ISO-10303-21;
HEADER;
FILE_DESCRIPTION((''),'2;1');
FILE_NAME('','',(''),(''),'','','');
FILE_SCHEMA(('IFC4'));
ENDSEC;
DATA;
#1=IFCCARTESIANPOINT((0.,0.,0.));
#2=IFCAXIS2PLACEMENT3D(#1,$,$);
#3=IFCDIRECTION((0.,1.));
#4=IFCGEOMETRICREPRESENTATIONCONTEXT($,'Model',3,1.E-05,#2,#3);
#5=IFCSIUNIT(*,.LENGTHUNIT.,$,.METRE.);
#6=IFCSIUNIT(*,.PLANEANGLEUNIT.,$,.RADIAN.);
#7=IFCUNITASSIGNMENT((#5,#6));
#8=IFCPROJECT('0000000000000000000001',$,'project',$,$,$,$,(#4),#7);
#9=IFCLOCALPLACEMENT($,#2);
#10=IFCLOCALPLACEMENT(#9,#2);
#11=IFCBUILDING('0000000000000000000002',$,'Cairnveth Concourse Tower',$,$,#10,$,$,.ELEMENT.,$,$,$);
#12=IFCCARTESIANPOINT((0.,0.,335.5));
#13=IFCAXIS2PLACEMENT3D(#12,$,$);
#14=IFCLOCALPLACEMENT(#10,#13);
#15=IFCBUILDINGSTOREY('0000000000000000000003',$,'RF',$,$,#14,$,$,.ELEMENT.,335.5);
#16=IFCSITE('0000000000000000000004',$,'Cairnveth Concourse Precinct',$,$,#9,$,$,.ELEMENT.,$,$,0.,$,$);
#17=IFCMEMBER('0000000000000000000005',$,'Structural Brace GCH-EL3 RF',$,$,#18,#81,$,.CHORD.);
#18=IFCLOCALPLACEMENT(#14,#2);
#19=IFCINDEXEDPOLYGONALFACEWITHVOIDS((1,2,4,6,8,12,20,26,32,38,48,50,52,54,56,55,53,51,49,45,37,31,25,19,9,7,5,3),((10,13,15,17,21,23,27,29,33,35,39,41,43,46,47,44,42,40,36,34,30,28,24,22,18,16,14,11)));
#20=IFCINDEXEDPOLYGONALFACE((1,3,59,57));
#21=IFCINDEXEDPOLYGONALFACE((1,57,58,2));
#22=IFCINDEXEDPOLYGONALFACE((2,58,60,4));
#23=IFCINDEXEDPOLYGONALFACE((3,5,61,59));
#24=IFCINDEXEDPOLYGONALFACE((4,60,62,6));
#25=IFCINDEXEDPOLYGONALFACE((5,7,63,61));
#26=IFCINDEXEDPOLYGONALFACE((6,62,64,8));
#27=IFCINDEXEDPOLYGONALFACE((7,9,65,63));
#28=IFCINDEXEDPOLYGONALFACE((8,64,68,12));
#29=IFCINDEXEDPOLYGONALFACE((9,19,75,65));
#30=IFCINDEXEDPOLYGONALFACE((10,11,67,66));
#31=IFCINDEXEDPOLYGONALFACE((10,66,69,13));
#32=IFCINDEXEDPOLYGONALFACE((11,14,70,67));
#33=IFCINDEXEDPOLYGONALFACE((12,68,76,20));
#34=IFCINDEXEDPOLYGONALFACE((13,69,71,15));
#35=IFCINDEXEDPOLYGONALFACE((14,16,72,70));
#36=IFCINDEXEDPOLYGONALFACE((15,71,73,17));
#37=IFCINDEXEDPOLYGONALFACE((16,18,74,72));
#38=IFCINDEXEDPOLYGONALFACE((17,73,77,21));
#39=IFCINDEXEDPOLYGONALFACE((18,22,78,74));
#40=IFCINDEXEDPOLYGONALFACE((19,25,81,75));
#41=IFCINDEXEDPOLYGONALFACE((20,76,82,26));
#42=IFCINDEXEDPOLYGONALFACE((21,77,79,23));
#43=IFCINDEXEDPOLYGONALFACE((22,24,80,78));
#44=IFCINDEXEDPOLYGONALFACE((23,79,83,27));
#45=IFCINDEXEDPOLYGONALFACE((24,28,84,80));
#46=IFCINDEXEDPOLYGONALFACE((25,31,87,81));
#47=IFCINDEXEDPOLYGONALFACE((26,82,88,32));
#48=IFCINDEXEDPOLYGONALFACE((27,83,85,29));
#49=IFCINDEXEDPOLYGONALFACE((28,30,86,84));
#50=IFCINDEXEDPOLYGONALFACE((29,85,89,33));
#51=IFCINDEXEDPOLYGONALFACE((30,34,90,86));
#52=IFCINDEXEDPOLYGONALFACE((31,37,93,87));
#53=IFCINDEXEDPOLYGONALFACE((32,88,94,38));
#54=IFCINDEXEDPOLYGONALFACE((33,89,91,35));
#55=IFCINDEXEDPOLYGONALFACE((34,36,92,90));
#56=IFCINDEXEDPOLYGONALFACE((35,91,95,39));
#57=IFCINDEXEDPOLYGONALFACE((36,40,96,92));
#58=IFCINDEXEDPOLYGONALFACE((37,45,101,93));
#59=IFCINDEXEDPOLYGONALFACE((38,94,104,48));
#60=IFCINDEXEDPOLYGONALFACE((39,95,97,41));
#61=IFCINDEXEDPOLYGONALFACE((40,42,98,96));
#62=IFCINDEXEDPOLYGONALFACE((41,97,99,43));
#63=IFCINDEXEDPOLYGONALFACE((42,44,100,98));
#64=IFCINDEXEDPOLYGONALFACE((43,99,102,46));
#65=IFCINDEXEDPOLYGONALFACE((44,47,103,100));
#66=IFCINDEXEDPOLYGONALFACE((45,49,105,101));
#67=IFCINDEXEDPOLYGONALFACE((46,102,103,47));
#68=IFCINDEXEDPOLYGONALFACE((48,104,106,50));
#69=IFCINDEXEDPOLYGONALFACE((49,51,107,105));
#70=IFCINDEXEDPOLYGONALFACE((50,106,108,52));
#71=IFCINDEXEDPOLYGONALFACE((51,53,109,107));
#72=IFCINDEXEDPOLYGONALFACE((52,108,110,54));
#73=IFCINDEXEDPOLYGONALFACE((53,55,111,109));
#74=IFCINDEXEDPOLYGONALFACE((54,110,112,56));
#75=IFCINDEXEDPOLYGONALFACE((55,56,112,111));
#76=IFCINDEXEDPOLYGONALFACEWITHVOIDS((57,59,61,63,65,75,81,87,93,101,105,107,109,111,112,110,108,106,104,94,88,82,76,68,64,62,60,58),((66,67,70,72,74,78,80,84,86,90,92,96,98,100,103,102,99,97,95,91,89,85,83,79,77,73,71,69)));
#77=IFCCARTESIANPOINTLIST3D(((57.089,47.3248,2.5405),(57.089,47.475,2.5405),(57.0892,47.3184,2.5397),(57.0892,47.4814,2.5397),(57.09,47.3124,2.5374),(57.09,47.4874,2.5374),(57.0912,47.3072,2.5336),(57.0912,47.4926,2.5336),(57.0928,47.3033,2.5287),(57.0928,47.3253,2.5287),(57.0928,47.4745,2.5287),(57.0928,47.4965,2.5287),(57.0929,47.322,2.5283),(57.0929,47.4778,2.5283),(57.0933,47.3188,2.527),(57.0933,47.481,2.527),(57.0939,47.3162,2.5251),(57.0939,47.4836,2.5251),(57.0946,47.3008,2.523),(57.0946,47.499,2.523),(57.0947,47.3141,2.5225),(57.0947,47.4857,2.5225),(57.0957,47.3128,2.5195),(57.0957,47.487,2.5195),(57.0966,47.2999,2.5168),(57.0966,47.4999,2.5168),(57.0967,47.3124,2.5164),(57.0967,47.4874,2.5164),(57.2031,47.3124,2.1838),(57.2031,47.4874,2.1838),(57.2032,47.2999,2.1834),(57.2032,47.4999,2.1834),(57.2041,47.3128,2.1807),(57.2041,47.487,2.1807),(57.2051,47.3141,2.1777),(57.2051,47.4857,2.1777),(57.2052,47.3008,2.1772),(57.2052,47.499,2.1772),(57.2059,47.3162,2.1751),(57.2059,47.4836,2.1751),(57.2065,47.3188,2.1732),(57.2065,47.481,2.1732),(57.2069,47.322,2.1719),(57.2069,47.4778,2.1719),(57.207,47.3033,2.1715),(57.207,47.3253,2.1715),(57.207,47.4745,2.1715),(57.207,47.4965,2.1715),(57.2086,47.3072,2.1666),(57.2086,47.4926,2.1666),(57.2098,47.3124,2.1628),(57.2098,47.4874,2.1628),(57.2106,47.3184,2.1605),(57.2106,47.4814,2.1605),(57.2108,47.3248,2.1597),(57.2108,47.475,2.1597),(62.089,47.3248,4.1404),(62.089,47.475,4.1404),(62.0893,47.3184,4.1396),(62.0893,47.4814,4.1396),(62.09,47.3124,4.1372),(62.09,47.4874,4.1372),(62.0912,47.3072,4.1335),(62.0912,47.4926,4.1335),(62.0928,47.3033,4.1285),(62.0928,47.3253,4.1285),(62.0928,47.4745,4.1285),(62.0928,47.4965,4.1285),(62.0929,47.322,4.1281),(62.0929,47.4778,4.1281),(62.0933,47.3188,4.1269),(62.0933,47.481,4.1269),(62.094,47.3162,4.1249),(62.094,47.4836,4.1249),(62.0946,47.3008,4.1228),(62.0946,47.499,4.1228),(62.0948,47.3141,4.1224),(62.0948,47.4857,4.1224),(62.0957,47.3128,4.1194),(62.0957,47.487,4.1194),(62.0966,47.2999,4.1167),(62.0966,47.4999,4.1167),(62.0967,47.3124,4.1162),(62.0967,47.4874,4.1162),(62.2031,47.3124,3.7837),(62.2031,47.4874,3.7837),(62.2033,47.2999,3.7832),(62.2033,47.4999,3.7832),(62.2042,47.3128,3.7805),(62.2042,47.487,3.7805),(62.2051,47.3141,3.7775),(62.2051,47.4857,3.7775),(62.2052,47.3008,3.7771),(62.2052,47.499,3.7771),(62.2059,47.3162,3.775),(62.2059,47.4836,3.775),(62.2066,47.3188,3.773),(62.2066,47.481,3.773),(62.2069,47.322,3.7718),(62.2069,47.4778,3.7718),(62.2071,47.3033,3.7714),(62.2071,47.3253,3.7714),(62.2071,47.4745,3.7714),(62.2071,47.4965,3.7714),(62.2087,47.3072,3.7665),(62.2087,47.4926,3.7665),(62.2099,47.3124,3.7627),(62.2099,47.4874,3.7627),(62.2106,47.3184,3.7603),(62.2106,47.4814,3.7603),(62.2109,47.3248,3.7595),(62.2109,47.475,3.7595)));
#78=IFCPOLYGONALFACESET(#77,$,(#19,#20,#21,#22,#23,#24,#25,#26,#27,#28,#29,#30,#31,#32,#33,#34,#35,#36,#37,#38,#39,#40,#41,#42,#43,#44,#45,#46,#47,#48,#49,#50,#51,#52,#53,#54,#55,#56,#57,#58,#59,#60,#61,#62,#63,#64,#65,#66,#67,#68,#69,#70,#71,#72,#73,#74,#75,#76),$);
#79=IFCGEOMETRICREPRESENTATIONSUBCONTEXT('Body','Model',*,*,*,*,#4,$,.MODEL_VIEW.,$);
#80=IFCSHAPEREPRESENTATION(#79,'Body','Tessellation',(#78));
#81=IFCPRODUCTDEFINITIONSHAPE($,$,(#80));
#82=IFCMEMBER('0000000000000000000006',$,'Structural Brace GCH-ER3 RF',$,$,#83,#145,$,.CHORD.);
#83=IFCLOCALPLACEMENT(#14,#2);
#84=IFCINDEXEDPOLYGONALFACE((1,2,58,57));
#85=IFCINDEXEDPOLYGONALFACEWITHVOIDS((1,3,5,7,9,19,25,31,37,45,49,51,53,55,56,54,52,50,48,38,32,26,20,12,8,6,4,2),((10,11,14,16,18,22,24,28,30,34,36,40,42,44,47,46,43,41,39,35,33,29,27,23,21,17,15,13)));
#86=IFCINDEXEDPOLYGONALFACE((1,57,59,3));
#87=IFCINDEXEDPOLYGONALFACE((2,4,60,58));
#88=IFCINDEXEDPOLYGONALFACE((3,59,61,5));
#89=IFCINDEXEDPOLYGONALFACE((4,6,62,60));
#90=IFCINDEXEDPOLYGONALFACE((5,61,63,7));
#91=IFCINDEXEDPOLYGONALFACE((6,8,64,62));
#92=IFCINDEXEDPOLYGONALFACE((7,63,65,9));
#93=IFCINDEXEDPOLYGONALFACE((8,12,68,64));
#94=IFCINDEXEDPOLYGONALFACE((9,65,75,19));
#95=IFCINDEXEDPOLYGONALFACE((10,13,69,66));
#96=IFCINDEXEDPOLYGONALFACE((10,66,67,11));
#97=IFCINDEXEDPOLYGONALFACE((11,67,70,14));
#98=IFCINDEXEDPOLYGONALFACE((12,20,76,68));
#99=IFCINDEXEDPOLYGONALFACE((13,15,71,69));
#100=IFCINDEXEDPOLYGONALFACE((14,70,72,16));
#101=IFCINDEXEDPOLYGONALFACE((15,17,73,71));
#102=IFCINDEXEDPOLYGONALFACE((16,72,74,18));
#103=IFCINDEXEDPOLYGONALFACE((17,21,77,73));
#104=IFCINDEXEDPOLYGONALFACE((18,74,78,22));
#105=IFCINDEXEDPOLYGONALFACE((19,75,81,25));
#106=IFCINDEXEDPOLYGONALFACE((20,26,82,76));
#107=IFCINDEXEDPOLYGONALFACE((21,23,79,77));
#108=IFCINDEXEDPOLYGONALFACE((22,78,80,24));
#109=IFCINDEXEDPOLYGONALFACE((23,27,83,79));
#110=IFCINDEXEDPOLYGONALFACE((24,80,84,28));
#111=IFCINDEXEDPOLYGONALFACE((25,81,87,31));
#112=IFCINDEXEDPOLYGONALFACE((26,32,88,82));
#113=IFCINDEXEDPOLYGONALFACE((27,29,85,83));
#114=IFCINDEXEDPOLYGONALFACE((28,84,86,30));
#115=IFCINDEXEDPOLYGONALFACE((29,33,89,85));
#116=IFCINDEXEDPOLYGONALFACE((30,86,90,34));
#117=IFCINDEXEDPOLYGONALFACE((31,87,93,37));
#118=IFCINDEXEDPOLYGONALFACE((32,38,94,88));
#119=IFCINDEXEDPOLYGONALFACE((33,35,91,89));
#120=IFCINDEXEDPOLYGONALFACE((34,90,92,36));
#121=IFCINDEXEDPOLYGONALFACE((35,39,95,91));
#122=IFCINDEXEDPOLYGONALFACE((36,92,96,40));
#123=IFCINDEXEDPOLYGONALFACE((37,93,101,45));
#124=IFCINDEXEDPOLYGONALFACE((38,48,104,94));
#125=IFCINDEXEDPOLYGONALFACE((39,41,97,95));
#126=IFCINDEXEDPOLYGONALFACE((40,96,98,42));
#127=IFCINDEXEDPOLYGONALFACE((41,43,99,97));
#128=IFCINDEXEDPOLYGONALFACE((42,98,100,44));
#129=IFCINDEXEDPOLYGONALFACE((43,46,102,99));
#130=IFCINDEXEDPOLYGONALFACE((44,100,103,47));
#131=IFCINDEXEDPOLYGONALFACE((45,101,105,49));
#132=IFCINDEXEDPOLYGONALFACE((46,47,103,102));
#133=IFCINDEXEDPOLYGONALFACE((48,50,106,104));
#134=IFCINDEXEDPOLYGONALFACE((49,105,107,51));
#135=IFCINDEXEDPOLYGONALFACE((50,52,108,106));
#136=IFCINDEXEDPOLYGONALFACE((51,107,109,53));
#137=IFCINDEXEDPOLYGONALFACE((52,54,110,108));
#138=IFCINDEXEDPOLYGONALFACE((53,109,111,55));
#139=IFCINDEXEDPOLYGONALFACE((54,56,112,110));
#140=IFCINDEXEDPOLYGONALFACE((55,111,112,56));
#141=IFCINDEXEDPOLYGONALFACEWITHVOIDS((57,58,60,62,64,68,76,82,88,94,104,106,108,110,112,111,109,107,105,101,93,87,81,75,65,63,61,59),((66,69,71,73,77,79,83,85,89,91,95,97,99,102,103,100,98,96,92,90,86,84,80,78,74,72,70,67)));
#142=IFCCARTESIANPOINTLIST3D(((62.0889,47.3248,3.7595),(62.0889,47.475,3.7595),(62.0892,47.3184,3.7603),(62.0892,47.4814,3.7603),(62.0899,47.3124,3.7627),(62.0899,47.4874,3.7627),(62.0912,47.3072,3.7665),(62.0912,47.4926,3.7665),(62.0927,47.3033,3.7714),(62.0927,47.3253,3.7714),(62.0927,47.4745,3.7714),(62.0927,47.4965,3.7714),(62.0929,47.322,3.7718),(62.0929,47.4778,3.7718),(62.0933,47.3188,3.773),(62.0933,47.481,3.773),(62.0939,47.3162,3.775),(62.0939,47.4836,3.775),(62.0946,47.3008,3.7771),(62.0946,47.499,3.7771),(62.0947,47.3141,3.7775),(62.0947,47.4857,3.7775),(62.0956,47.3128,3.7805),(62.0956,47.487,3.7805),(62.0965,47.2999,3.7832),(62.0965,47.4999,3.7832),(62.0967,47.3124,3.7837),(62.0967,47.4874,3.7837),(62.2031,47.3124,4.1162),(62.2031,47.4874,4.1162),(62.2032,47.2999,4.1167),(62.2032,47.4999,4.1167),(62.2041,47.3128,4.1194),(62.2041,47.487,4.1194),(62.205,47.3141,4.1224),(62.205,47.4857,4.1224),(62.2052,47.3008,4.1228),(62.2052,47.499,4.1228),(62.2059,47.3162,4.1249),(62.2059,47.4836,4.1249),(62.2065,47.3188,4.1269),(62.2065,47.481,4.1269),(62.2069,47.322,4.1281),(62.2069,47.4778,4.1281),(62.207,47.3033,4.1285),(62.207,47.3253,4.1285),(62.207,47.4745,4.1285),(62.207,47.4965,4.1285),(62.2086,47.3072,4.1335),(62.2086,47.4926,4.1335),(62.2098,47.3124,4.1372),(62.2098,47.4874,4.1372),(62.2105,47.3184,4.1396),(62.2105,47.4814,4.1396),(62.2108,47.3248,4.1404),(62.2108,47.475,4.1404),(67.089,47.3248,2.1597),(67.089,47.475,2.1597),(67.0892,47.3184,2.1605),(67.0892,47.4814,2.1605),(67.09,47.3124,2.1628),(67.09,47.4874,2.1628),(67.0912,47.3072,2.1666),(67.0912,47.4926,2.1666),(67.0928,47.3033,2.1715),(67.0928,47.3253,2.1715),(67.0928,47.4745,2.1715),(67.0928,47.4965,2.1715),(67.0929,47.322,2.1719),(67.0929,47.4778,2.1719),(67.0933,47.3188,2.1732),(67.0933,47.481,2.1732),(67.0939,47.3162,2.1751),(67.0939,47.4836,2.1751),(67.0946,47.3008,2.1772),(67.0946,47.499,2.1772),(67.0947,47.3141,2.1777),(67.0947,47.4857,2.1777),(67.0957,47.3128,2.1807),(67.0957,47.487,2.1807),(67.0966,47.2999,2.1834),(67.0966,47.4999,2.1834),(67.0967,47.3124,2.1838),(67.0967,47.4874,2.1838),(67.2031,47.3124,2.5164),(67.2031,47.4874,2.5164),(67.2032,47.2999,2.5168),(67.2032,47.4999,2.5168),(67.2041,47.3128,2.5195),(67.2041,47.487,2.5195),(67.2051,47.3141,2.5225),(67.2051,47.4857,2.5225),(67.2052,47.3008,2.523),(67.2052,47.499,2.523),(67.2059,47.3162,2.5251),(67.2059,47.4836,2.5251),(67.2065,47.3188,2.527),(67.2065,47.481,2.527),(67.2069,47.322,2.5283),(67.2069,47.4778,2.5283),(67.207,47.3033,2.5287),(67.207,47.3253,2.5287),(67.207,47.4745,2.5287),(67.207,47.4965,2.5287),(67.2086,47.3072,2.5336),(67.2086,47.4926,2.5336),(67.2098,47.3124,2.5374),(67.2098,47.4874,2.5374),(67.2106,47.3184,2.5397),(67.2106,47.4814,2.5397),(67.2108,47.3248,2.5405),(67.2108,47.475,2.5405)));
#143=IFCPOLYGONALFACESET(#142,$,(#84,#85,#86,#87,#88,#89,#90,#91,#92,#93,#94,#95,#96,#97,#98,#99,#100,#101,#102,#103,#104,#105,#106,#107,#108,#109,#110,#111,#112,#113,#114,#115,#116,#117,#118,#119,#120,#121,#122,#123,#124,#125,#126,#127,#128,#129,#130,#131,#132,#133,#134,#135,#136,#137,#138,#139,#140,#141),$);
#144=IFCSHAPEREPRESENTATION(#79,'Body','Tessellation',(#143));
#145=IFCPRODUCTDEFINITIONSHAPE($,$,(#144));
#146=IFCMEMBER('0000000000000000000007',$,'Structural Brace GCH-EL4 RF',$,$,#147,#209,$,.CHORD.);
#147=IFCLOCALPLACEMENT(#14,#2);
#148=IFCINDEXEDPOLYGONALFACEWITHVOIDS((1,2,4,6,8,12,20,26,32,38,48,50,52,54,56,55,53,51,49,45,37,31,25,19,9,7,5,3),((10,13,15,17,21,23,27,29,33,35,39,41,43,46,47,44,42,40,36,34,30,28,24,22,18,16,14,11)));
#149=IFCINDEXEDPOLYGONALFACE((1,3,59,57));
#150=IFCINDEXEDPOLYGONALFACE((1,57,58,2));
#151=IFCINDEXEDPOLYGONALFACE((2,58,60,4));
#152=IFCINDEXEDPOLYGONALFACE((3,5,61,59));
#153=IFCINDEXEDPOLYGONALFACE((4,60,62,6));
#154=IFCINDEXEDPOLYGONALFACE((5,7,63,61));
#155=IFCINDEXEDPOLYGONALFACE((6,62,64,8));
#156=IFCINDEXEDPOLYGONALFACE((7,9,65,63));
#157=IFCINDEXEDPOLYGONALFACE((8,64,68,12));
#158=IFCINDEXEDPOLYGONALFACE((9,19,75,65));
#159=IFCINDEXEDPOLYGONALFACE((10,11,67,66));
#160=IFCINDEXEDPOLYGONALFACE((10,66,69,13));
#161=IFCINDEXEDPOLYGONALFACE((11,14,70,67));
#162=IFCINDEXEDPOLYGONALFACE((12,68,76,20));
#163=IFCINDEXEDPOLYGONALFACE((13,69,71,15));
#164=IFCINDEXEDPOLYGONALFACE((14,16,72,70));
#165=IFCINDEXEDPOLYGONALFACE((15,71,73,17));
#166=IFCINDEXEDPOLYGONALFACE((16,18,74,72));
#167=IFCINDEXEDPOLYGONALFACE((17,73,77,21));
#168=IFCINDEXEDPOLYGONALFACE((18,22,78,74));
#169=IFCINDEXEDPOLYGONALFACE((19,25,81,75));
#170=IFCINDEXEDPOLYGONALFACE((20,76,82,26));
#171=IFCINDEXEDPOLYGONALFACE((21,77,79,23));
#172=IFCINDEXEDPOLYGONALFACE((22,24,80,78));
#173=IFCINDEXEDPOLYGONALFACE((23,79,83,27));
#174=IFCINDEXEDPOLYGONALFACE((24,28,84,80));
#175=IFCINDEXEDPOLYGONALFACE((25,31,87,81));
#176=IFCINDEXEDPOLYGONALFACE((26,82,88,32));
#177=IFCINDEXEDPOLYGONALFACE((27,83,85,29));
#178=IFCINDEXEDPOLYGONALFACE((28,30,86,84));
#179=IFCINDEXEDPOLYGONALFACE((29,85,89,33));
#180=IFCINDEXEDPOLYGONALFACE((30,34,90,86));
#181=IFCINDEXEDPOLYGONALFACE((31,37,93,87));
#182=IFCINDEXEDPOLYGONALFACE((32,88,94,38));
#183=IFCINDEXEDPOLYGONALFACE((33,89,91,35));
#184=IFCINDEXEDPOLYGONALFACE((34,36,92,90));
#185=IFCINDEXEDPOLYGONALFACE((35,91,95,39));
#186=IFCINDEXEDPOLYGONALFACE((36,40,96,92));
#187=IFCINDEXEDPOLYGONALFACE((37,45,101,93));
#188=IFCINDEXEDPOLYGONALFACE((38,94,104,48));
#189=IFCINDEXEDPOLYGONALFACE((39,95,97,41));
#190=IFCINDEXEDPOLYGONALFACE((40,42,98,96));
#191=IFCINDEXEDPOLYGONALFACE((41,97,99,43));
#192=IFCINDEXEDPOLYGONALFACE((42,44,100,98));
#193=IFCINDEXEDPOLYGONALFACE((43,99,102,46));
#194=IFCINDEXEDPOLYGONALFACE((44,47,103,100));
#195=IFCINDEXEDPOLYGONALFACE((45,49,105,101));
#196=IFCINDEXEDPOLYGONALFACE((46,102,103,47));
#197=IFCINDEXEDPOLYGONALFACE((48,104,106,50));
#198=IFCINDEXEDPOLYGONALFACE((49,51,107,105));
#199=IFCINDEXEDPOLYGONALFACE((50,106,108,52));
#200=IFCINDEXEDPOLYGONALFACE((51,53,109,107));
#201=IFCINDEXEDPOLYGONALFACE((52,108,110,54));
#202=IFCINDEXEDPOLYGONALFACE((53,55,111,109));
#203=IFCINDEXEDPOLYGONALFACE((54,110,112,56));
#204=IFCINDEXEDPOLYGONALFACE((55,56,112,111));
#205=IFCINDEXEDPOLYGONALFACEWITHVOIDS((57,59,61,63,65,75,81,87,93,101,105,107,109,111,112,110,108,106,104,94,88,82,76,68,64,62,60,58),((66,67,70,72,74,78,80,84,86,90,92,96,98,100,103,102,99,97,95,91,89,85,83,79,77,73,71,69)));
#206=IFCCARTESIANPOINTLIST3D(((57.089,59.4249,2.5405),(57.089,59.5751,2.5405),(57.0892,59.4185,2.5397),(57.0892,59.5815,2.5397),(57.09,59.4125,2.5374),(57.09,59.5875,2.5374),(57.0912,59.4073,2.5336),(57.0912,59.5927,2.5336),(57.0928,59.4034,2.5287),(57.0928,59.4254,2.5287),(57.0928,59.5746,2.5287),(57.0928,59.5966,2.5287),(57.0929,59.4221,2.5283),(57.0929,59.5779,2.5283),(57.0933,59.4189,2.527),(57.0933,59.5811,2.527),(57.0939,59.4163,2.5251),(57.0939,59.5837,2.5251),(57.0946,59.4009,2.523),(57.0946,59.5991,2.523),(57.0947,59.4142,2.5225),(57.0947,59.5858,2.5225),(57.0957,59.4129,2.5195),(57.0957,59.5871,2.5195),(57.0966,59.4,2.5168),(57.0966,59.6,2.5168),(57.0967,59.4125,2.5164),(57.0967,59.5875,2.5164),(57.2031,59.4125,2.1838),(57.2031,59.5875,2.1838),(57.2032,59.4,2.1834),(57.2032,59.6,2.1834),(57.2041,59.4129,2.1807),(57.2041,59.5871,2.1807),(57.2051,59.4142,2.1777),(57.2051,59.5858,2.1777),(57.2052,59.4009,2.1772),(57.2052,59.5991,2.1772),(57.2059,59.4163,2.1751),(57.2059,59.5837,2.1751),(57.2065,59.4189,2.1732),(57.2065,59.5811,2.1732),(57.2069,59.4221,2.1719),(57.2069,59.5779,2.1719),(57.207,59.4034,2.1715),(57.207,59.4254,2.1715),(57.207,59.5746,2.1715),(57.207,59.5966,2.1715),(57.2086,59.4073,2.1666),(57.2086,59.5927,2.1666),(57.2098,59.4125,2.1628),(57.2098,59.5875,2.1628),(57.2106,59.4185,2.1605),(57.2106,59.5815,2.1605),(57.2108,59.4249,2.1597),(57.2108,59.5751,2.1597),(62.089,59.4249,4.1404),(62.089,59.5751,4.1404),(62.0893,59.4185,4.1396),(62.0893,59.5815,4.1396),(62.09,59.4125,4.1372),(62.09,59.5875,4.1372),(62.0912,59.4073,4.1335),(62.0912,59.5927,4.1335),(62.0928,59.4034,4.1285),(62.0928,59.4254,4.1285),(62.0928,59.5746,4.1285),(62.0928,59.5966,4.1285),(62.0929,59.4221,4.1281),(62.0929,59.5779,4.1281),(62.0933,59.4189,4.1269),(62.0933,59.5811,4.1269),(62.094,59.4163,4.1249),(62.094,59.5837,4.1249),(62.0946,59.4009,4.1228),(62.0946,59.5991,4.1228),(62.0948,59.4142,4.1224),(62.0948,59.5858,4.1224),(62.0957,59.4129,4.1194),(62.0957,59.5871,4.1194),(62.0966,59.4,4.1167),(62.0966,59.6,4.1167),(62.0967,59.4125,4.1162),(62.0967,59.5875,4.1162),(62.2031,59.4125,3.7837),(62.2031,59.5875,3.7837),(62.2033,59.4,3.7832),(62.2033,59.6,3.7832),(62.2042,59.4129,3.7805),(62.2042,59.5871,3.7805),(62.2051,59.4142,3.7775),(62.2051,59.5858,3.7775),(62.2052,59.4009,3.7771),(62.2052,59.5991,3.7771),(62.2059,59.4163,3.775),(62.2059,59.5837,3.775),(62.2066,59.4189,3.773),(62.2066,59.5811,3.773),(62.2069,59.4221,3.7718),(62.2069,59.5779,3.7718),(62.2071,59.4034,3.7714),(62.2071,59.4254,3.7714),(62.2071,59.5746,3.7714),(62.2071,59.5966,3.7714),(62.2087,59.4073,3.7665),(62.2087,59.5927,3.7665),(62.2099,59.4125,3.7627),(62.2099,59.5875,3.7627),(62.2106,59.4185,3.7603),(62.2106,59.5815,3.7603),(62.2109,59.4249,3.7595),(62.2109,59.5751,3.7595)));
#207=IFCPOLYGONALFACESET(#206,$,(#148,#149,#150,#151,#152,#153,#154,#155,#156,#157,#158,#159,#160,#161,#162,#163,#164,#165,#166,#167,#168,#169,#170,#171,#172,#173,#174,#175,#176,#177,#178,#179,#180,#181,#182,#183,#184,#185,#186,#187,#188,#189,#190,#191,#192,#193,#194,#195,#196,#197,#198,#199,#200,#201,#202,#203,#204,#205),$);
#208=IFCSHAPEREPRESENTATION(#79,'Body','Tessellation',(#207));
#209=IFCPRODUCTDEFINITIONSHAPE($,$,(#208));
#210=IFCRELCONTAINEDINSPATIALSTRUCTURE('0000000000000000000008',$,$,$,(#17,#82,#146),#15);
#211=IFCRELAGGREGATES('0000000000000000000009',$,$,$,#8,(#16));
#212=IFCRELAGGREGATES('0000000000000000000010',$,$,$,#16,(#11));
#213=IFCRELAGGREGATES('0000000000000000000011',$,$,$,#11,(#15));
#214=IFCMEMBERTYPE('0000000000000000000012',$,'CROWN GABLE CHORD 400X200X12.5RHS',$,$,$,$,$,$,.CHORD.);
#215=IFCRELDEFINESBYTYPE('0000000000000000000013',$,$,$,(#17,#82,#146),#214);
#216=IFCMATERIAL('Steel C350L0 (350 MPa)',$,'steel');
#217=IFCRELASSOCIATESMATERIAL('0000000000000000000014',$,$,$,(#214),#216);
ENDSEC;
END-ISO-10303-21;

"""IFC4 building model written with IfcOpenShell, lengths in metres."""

from ifc_helpers import new_model, si_unit, direction, frame, origin, origin_2d, place, context, subcontext, project, spatial, hollow_rectangle, extrude, material, material_profile, profile_set, type_object, element, save


model = new_model("IFC4")

# Units and contexts
model_context = context("Model", 3, precision=1e-05, world=origin(), true_north=direction((0.0, 1.0)))
body_context = subcontext(model_context, "Body", "Model", "MODEL_VIEW")
ifc_project = project(units=[si_unit("LENGTHUNIT", "METRE"), si_unit("PLANEANGLEUNIT", "RADIAN")], contexts=[model_context])

# Site, building, storey
site_placement = place(None, origin())
site = spatial("IfcSite", under=ifc_project, at=site_placement, Name="Cairnveth Concourse Precinct", CompositionType="ELEMENT", RefElevation=0.0)
building_placement = place(site_placement, origin())
building = spatial("IfcBuilding", under=site, at=building_placement, Name="Cairnveth Concourse Tower", CompositionType="ELEMENT")
storey_placement = place(building_placement, frame((0.0, 0.0, 335.5)))
storey = spatial("IfcBuildingStorey", under=building, at=storey_placement, Name="RF", CompositionType="ELEMENT", Elevation=335.5)

# Members
ifc_material_1 = material(Name="Steel C350L0 (350 MPa)", Category="steel")
ifc_material_profile_1 = material_profile(ifc_material_1, hollow_rectangle(XDim=0.2, YDim=0.3999, WallThickness=0.0125, InnerFilletRadius=0.0129, OuterFilletRadius=0.0249, at=origin_2d()), Name="400x200x12.5RHS")
ifc_profile_set_1 = profile_set([ifc_material_profile_1], Name="Steel C350L0 (350 MPa)")
member_type_1 = type_object("IfcMemberType", Name="CROWN GABLE CHORD 400X200X12.5RHS", PredefinedType="CHORD", material=ifc_profile_set_1)
for number, where, z_axis, x_axis, name in (
    (1, (57.1499, 47.3999, 2.3501), (0.952432, 0.0, 0.30475), (0.0, 1.0, 0.0), "Structural Brace GCH-EL3 RF"),
    (2, (67.1499, 47.3999, 2.3501), (-0.952432, 0.0, 0.30475), (0.0, -1.0, 0.0), "Structural Brace GCH-ER3 RF"),
    (3, (57.1499, 59.5, 2.3501), (0.952432, 0.0, 0.30475), (0.0, 1.0, 0.0), "Structural Brace GCH-EL4 RF"),
):
    element("IfcMember", number, at=place(storey_placement, frame(where, z_axis=z_axis, x_axis=x_axis)), inside=storey, type_object=member_type_1, Name=name, PredefinedType="CHORD", context=body_context, shape_type="SweptSolid", body=[
        extrude(hollow_rectangle(XDim=0.2, YDim=0.3999, WallThickness=0.0125, InnerFilletRadius=0.0129, OuterFilletRadius=0.0249, at=origin_2d()), origin(), (0.0, 0.0, 1.0), 5.2498),
    ])

save(model, "model.ifc")
